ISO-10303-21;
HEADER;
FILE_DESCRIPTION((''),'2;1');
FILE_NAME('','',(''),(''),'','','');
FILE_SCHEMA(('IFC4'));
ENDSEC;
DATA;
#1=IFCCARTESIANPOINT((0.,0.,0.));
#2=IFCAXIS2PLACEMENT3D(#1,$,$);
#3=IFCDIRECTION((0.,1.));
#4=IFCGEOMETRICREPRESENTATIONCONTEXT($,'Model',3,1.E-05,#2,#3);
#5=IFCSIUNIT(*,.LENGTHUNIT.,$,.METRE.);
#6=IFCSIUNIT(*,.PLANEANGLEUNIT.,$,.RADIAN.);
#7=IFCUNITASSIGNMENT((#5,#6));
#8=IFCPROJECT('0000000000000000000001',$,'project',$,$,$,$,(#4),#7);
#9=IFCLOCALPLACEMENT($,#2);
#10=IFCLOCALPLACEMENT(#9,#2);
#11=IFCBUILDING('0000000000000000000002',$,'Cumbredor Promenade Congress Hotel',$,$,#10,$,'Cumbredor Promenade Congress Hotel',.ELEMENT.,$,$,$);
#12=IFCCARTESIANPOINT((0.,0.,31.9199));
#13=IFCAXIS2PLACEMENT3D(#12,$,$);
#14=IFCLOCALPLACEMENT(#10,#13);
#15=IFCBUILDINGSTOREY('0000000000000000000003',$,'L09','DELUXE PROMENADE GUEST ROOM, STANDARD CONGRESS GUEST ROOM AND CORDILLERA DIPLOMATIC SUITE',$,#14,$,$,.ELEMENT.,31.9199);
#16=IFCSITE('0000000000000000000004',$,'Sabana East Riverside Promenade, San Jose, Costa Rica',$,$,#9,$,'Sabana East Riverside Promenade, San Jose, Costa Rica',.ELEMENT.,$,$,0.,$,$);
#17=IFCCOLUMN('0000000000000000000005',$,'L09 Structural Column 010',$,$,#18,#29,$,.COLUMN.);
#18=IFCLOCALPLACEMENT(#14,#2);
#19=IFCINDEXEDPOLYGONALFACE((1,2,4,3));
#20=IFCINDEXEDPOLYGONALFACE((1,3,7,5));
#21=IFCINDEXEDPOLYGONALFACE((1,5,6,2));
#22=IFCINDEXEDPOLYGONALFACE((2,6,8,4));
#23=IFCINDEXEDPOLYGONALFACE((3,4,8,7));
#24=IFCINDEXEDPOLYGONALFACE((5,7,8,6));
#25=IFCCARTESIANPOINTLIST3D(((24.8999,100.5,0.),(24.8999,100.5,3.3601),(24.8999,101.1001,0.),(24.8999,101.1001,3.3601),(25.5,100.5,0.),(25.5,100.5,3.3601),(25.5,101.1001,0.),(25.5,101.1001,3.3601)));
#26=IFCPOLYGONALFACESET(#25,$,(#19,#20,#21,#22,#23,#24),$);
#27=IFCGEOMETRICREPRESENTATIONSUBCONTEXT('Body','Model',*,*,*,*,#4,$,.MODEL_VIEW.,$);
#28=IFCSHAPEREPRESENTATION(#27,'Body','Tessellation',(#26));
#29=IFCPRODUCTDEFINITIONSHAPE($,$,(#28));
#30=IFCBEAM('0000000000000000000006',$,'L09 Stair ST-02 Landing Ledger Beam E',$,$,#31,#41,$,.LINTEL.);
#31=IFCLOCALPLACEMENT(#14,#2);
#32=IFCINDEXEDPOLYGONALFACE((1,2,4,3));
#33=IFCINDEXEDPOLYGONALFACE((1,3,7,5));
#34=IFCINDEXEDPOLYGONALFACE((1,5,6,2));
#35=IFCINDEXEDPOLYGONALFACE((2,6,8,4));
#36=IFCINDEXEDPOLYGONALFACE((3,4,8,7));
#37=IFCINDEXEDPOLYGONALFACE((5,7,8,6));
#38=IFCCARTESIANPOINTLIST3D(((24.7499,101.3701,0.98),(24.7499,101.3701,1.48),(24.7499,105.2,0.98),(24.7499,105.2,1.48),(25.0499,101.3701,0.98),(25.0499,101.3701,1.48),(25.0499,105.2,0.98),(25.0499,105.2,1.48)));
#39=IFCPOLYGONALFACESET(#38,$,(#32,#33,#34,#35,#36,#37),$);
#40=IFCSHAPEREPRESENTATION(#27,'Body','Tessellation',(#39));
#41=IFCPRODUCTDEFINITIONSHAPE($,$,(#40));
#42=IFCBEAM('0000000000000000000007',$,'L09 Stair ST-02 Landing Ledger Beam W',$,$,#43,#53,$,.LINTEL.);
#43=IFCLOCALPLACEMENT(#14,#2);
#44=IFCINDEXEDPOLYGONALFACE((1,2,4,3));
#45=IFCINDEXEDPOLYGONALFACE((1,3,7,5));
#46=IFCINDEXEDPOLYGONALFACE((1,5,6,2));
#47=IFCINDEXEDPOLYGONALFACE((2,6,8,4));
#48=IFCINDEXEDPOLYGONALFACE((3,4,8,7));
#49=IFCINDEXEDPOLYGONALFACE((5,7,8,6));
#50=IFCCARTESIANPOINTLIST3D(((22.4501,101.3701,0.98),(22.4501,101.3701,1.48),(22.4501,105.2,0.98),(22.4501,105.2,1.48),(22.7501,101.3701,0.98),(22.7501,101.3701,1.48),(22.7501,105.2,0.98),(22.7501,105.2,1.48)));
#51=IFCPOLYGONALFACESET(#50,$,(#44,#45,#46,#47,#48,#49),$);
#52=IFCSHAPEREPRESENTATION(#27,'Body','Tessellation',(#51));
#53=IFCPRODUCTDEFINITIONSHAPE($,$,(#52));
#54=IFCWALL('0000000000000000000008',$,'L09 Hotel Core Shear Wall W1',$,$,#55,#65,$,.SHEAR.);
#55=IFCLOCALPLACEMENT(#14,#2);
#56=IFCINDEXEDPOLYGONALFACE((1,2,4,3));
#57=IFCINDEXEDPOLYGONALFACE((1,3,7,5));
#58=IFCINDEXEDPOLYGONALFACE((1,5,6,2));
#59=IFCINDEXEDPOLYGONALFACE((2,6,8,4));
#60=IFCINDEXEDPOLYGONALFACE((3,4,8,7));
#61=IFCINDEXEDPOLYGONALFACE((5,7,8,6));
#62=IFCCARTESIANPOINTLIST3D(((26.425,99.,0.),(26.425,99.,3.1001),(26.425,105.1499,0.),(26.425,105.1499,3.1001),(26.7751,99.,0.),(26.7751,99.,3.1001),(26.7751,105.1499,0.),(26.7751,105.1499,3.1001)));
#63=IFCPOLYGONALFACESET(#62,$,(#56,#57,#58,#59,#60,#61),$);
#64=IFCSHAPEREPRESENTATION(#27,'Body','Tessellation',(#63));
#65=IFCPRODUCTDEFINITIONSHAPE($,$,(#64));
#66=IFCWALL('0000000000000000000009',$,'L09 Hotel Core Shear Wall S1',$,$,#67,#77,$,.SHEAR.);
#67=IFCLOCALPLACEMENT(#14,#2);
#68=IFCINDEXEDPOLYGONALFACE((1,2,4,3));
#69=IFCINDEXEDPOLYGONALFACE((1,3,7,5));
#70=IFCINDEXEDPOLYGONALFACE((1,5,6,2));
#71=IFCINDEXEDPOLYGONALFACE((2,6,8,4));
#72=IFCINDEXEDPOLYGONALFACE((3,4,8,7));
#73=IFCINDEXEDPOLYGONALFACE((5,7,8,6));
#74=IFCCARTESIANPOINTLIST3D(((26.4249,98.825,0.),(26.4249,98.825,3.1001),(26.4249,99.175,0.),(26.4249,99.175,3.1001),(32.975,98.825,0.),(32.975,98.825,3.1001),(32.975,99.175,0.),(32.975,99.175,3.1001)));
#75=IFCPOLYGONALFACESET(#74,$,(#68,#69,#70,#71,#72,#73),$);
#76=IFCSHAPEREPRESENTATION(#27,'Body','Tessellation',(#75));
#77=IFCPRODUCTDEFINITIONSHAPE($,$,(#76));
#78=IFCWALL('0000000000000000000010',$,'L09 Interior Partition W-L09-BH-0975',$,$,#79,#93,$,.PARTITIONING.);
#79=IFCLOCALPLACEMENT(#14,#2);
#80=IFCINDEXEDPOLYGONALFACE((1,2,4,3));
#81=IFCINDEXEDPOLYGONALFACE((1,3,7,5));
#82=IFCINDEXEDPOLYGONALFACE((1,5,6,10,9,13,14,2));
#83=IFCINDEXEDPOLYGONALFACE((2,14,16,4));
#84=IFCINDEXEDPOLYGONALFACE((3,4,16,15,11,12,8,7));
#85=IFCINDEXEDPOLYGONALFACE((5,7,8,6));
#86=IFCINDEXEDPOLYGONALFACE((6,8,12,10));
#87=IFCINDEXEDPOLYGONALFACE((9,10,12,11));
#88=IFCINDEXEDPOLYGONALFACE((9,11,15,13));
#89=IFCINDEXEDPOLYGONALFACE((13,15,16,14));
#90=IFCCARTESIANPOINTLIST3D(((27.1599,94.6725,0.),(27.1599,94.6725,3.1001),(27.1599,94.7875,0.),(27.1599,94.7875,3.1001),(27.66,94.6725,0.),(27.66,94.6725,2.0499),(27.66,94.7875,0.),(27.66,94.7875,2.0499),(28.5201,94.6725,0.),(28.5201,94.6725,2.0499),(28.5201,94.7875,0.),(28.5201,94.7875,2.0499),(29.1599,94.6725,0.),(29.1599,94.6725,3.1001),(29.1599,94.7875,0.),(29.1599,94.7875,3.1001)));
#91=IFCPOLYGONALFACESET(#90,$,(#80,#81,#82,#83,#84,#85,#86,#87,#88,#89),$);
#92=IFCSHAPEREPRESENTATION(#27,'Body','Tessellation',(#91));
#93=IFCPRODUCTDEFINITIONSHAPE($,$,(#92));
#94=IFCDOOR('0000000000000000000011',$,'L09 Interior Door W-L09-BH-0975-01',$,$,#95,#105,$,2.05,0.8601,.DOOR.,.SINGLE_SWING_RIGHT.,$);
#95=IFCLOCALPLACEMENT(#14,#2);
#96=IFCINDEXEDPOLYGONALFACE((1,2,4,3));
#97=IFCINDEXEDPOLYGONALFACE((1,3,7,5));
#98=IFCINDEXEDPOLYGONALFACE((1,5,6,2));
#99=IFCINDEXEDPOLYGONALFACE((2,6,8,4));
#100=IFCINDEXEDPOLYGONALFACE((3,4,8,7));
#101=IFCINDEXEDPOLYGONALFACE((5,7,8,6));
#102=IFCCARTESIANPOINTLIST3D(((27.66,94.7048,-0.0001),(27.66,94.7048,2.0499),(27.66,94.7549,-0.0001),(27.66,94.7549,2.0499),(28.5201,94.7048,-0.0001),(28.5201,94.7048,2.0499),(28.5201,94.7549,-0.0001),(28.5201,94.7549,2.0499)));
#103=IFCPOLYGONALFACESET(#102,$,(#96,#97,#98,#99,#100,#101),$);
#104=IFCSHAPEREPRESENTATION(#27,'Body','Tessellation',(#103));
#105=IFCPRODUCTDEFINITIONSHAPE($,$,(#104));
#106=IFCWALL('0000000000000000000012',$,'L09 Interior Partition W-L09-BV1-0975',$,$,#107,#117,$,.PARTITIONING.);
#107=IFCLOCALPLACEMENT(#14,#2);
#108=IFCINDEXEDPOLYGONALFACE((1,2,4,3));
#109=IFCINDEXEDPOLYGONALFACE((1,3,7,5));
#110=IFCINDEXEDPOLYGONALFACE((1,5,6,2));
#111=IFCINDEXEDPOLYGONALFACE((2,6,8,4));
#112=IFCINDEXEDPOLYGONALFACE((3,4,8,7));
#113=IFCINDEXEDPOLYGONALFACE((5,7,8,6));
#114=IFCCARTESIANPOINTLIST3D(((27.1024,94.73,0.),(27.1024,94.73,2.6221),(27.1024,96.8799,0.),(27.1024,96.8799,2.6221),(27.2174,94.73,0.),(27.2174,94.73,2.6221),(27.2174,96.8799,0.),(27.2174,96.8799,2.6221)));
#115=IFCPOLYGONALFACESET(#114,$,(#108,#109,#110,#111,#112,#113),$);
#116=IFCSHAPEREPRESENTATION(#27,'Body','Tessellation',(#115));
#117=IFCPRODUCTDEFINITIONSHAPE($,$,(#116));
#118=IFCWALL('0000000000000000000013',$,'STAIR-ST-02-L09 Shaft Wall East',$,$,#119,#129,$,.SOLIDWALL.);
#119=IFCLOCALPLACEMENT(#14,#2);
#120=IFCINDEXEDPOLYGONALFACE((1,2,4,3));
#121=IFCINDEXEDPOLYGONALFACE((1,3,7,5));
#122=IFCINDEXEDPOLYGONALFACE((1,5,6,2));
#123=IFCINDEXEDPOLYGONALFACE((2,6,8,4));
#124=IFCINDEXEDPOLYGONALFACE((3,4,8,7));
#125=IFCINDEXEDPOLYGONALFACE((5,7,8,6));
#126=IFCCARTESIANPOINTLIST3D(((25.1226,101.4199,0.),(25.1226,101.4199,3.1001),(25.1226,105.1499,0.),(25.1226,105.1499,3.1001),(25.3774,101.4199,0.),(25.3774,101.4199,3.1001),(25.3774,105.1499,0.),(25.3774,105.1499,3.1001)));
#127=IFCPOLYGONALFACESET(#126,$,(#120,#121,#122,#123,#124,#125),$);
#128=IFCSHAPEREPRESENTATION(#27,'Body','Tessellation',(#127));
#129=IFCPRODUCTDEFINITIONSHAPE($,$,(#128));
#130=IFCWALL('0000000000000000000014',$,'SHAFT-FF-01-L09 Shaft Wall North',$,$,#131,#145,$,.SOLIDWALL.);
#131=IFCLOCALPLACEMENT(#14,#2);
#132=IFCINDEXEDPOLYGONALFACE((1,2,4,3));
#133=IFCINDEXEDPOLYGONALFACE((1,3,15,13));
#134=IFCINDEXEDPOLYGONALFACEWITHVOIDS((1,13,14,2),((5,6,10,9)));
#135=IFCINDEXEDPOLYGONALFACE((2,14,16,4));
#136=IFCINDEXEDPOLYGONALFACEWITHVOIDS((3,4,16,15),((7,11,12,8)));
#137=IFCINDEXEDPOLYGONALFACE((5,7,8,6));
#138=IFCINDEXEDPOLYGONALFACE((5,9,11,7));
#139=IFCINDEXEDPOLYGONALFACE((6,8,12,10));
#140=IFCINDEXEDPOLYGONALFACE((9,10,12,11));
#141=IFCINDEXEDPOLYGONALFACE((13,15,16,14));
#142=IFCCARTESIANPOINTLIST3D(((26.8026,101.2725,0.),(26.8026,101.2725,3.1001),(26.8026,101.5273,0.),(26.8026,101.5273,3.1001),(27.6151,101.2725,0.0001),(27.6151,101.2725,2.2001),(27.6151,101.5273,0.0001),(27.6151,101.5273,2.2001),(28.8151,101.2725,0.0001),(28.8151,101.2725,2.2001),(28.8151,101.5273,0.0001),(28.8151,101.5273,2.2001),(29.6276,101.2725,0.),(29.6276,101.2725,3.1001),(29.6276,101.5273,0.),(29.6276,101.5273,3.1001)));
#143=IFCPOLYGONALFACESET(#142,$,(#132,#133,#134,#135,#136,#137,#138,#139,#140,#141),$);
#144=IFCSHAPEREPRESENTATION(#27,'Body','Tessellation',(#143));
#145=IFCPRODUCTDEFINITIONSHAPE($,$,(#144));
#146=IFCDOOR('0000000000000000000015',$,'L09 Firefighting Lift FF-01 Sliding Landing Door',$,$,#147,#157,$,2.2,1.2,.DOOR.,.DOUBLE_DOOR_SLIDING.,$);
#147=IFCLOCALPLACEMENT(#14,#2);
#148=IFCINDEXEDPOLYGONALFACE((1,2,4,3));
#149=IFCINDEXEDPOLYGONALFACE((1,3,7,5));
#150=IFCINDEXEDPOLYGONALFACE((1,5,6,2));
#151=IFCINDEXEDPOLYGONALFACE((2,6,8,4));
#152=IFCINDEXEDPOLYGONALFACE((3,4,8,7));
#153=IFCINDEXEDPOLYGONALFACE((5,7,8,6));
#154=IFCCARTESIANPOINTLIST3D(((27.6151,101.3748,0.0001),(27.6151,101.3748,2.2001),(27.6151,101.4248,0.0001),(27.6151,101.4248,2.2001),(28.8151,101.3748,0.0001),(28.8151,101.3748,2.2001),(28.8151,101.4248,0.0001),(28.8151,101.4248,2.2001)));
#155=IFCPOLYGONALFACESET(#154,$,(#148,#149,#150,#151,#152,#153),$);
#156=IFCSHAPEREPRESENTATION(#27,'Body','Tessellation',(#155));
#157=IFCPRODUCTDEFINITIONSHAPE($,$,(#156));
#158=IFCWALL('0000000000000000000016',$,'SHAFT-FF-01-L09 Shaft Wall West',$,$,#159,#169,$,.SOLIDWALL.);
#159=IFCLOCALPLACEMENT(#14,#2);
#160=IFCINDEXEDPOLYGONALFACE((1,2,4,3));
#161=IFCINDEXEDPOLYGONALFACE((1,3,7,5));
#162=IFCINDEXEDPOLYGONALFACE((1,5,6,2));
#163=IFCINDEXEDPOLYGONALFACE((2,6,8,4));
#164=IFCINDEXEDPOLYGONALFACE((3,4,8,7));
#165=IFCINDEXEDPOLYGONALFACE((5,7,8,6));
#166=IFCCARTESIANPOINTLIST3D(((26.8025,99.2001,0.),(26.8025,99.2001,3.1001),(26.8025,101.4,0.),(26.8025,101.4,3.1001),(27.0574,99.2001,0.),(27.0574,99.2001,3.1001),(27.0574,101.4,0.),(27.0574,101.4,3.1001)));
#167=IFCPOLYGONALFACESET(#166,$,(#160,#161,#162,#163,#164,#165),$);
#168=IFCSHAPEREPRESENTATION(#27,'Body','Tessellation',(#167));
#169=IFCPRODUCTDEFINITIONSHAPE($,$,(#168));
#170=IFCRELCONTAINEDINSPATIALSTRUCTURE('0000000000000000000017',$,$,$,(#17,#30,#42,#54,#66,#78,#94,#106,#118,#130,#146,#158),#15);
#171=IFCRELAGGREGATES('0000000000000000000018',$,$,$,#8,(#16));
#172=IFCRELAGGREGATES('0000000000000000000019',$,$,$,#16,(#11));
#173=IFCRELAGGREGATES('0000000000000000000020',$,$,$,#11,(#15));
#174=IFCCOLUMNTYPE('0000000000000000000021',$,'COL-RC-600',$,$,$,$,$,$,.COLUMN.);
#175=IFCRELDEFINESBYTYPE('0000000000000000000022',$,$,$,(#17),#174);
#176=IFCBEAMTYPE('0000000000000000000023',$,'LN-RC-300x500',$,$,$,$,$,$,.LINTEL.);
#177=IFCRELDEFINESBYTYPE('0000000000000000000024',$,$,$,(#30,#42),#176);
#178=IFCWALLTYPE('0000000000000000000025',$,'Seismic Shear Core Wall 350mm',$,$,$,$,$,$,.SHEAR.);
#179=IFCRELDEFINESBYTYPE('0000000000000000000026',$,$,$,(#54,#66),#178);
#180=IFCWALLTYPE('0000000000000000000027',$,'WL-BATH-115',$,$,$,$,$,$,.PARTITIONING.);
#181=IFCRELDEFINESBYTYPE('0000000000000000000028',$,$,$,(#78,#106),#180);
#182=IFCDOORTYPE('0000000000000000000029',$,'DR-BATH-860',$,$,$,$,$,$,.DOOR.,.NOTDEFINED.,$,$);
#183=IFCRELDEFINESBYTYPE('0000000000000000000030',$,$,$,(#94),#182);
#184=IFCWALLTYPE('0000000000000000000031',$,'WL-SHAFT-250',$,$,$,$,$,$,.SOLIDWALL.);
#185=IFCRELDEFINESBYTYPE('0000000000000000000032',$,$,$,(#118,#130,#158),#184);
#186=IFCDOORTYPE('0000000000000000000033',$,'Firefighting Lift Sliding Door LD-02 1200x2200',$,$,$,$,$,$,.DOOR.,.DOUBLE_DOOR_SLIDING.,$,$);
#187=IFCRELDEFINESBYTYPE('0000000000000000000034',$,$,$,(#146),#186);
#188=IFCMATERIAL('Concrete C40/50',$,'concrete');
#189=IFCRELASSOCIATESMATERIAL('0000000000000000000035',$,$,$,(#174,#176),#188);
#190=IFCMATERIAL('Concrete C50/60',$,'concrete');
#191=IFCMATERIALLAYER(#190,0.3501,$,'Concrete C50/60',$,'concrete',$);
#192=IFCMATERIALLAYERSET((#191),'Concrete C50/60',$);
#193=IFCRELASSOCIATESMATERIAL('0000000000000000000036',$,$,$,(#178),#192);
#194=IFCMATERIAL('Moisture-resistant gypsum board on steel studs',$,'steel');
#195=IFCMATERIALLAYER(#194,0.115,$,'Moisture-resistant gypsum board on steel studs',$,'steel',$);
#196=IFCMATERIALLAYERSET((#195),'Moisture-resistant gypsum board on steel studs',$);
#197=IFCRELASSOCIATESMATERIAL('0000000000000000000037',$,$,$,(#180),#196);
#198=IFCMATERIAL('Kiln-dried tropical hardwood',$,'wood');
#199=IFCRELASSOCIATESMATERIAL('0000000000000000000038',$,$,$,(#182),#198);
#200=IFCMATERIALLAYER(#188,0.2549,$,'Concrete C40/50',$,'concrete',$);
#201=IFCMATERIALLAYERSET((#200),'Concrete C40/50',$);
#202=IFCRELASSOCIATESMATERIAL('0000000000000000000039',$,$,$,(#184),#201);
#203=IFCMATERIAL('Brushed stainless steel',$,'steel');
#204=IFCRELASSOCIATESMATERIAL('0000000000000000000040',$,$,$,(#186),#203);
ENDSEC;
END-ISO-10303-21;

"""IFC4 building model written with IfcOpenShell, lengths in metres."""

from ifc_helpers import new_model, si_unit, direction, frame, frame_2d, origin, origin_2d, place, context, subcontext, project, spatial, rectangle, extrude, material, layer, layer_set, material_profile, profile_set, type_object, element, fill, save


model = new_model("IFC4")

# Units and contexts
model_context = context("Model", 3, precision=1e-05, world=origin(), true_north=direction((0.0, 1.0)))
body_context = subcontext(model_context, "Body", "Model", "MODEL_VIEW")
ifc_project = project(units=[si_unit("LENGTHUNIT", "METRE"), si_unit("PLANEANGLEUNIT", "RADIAN")], contexts=[model_context])

# Site, building, storey
site_placement = place(None, origin())
site = spatial("IfcSite", under=ifc_project, at=site_placement, Name="Sabana East Riverside Promenade, San Jose, Costa Rica", LongName="Sabana East Riverside Promenade, San Jose, Costa Rica", CompositionType="ELEMENT", RefElevation=0.0)
building_placement = place(site_placement, origin())
building = spatial("IfcBuilding", under=site, at=building_placement, Name="Cumbredor Promenade Congress Hotel", LongName="Cumbredor Promenade Congress Hotel", CompositionType="ELEMENT")
storey_placement = place(building_placement, frame((0.0, 0.0, 31.9199)))
storey = spatial("IfcBuildingStorey", under=building, at=storey_placement, Name="L09", Description="DELUXE PROMENADE GUEST ROOM, STANDARD CONGRESS GUEST ROOM AND CORDILLERA DIPLOMATIC SUITE", CompositionType="ELEMENT", Elevation=31.9199)

# Column
ifc_material_1 = material(Name="Concrete C40/50", Category="concrete")
ifc_material_profile_1 = material_profile(ifc_material_1, rectangle(XDim=0.6001, YDim=0.6001, at=origin_2d()), Name="RC 600x600")
ifc_profile_set_1 = profile_set([ifc_material_profile_1], Name="Concrete C40/50")
column_type = type_object("IfcColumnType", Name="COL-RC-600", PredefinedType="COLUMN", material=ifc_profile_set_1)
column_placement = place(storey_placement, frame((25.2, 100.8, 0.0), z_axis=(0.0, 0.0, 1.0), x_axis=(1.0, 0.0, 0.0)))
element("IfcColumn", 1, at=column_placement, inside=storey, type_object=column_type, Name="L09 Structural Column 010", PredefinedType="COLUMN", context=body_context, shape_type="SweptSolid", body=[
    extrude(rectangle(XDim=0.6001, YDim=0.6001, at=origin_2d()), origin(), (0.0, 0.0, 1.0), 3.3601),
])

# Beams
ifc_material_profile_2 = material_profile(ifc_material_1, rectangle(XDim=0.3, YDim=0.5, at=origin_2d()), Name="RC LINTEL 300x500")
ifc_profile_set_2 = profile_set([ifc_material_profile_2], Name="Concrete C40/50")
beam_type = type_object("IfcBeamType", Name="LN-RC-300x500", PredefinedType="LINTEL", material=ifc_profile_set_2)
for number, where, z_axis, x_axis, name in (
    (2, (24.8999, 101.3701, 1.23), (0.0, 1.0, 0.0), (-1.0, 0.0, 0.0), "L09 Stair ST-02 Landing Ledger Beam E"),
    (3, (22.6001, 101.3701, 1.23), (0.0, 1.0, 0.0), (-1.0, 0.0, 0.0), "L09 Stair ST-02 Landing Ledger Beam W"),
):
    element("IfcBeam", number, at=place(storey_placement, frame(where, z_axis=z_axis, x_axis=x_axis)), inside=storey, type_object=beam_type, Name=name, PredefinedType="LINTEL", context=body_context, shape_type="SweptSolid", body=[
        extrude(rectangle(XDim=0.3, YDim=0.5, at=origin_2d()), origin(), (0.0, 0.0, 1.0), 3.8298),
    ])

# Walls
ifc_material_2 = material(Name="Concrete C50/60", Category="concrete")
ifc_layer_1 = layer(ifc_material_2, 0.3501, Name="Concrete C50/60", Category="concrete")
ifc_layer_set_1 = layer_set([ifc_layer_1], Name="Concrete C50/60")
wall_type_1 = type_object("IfcWallType", Name="Seismic Shear Core Wall 350mm", PredefinedType="SHEAR", material=ifc_layer_set_1)
wall_1_placement = place(storey_placement, frame((26.6001, 99.0, 0.0), z_axis=(0.0, 0.0, 1.0), x_axis=(0.0, 1.0, 0.0)))
element("IfcWall", 4, at=wall_1_placement, inside=storey, type_object=wall_type_1, Name="L09 Hotel Core Shear Wall W1", PredefinedType="SHEAR", context=body_context, shape_type="SweptSolid", body=[
    extrude(rectangle(XDim=6.1499, YDim=0.3501, at=frame_2d((3.075, 0.0))), origin(), (0.0, 0.0, 1.0), 3.1001),
])
wall_2_placement = place(storey_placement, frame((26.425, 99.0, 0.0), z_axis=(0.0, 0.0, 1.0), x_axis=(1.0, 0.0, 0.0)))
element("IfcWall", 5, at=wall_2_placement, inside=storey, type_object=wall_type_1, Name="L09 Hotel Core Shear Wall S1", PredefinedType="SHEAR", context=body_context, shape_type="SweptSolid", body=[
    extrude(rectangle(XDim=6.55, YDim=0.3501, at=frame_2d((3.2749, 0.0))), origin(), (0.0, 0.0, 1.0), 3.1001),
])

# Wall, opening, door
ifc_material_3 = material(Name="Moisture-resistant gypsum board on steel studs", Category="steel")
ifc_layer_2 = layer(ifc_material_3, 0.115, Name="Moisture-resistant gypsum board on steel studs", Category="steel")
ifc_layer_set_2 = layer_set([ifc_layer_2], Name="Moisture-resistant gypsum board on steel studs")
wall_type_2 = type_object("IfcWallType", Name="WL-BATH-115", PredefinedType="PARTITIONING", material=ifc_layer_set_2)
wall_3_placement = place(storey_placement, frame((27.1599, 94.73, 0.0), z_axis=(0.0, 0.0, 1.0), x_axis=(1.0, 0.0, 0.0)))
wall_3 = element("IfcWall", 6, at=wall_3_placement, inside=storey, type_object=wall_type_2, Name="L09 Interior Partition W-L09-BH-0975", PredefinedType="PARTITIONING", context=body_context, shape_type="SweptSolid", body=[
    extrude(rectangle(XDim=2.0, YDim=0.115, at=frame_2d((1.0, 0.0))), origin(), (0.0, 0.0, 1.0), 3.1001),
])
opening_1_placement = place(wall_3_placement, frame((0.5, 0.0, 0.0)))
opening_1 = element("IfcOpeningElement", 7, at=opening_1_placement, cuts=wall_3, PredefinedType="OPENING", context=body_context, shape_type="SweptSolid", body=[
    extrude(rectangle(XDim=0.8601, YDim=2.05, at=frame_2d((0.4302, 1.0249))), frame((0.0, 0.0674, 0.0), z_axis=(0.0, -1.0, 0.0), x_axis=(1.0, 0.0, 0.0)), (0.0, 0.0, 1.0), 0.135),
])
ifc_material_4 = material(Name="Kiln-dried tropical hardwood", Category="wood")
door_type_1 = type_object("IfcDoorType", Name="DR-BATH-860", OperationType="NOTDEFINED", PredefinedType="DOOR", material=ifc_material_4)
door_1_placement = place(opening_1_placement, origin())
door_1 = element("IfcDoor", 8, at=door_1_placement, inside=storey, type_object=door_type_1, Name="L09 Interior Door W-L09-BH-0975-01", OperationType="SINGLE_SWING_RIGHT", OverallHeight=2.05, OverallWidth=0.8601, PredefinedType="DOOR", context=body_context, shape_type="SweptSolid", body=[
    extrude(rectangle(XDim=0.8601, YDim=2.05, at=frame_2d((0.4302, 1.0249))), frame((0.0, 0.0249, 0.0), z_axis=(0.0, -1.0, 0.0), x_axis=(1.0, 0.0, 0.0)), (0.0, 0.0, 1.0), 0.05),
])
fill(opening_1, door_1)

# Wall
wall_4_placement = place(storey_placement, frame((27.1599, 94.73, 0.0), z_axis=(0.0, 0.0, 1.0), x_axis=(0.0, 1.0, 0.0)))
element("IfcWall", 9, at=wall_4_placement, inside=storey, type_object=wall_type_2, Name="L09 Interior Partition W-L09-BV1-0975", PredefinedType="PARTITIONING", context=body_context, shape_type="SweptSolid", body=[
    extrude(rectangle(XDim=2.1499, YDim=0.115, at=frame_2d((1.075, 0.0))), origin(), (0.0, 0.0, 1.0), 2.6221),
])

# Wall
ifc_layer_3 = layer(ifc_material_1, 0.2549, Name="Concrete C40/50", Category="concrete")
ifc_layer_set_3 = layer_set([ifc_layer_3], Name="Concrete C40/50")
wall_type_3 = type_object("IfcWallType", Name="WL-SHAFT-250", PredefinedType="SOLIDWALL", material=ifc_layer_set_3)
wall_5_placement = place(storey_placement, frame((25.25, 101.4199, 0.0), z_axis=(0.0, 0.0, 1.0), x_axis=(0.0, 1.0, 0.0)))
element("IfcWall", 10, at=wall_5_placement, inside=storey, type_object=wall_type_3, Name="STAIR-ST-02-L09 Shaft Wall East", PredefinedType="SOLIDWALL", context=body_context, shape_type="SweptSolid", body=[
    extrude(rectangle(XDim=3.73, YDim=0.2549, at=frame_2d((1.865, 0.0))), origin(), (0.0, 0.0, 1.0), 3.1001),
])

# Wall, opening, door
wall_6_placement = place(storey_placement, frame((26.8025, 101.3999, 0.0), z_axis=(0.0, 0.0, 1.0), x_axis=(1.0, 0.0, 0.0)))
wall_6 = element("IfcWall", 11, at=wall_6_placement, inside=storey, type_object=wall_type_3, Name="SHAFT-FF-01-L09 Shaft Wall North", PredefinedType="SOLIDWALL", context=body_context, shape_type="SweptSolid", body=[
    extrude(rectangle(XDim=2.825, YDim=0.2549, at=frame_2d((1.4126, 0.0))), origin(), (0.0, 0.0, 1.0), 3.1001),
])
opening_2_placement = place(wall_6_placement, frame((0.8125, 0.0, 0.0)))
opening_2 = element("IfcOpeningElement", 12, at=opening_2_placement, cuts=wall_6, PredefinedType="OPENING", context=body_context, shape_type="SweptSolid", body=[
    extrude(rectangle(XDim=1.2, YDim=2.2, at=frame_2d((0.6001, 1.1001))), frame((0.0, 0.1375, 0.0), z_axis=(0.0, -1.0, 0.0), x_axis=(1.0, 0.0, 0.0)), (0.0, 0.0, 1.0), 0.2749),
])
ifc_material_5 = material(Name="Brushed stainless steel", Category="steel")
door_type_2 = type_object("IfcDoorType", Name="Firefighting Lift Sliding Door LD-02 1200x2200", OperationType="DOUBLE_DOOR_SLIDING", PredefinedType="DOOR", material=ifc_material_5)
door_2_placement = place(opening_2_placement, origin())
door_2 = element("IfcDoor", 13, at=door_2_placement, inside=storey, type_object=door_type_2, Name="L09 Firefighting Lift FF-01 Sliding Landing Door", OperationType="DOUBLE_DOOR_SLIDING", OverallHeight=2.2, OverallWidth=1.2, PredefinedType="DOOR", context=body_context, shape_type="SweptSolid", body=[
    extrude(rectangle(XDim=1.2, YDim=2.2, at=frame_2d((0.6001, 1.1001))), frame((0.0, 0.0249, 0.0), z_axis=(0.0, -1.0, 0.0), x_axis=(1.0, 0.0, 0.0)), (0.0, 0.0, 1.0), 0.05),
])
fill(opening_2, door_2)

# Wall
wall_7_placement = place(storey_placement, frame((26.9299, 99.2, 0.0), z_axis=(0.0, 0.0, 1.0), x_axis=(0.0, 1.0, 0.0)))
element("IfcWall", 14, at=wall_7_placement, inside=storey, type_object=wall_type_3, Name="SHAFT-FF-01-L09 Shaft Wall West", PredefinedType="SOLIDWALL", context=body_context, shape_type="SweptSolid", body=[
    extrude(rectangle(XDim=2.2, YDim=0.2549, at=frame_2d((1.1001, 0.0))), origin(), (0.0, 0.0, 1.0), 3.1001),
])

save(model, "model.ifc")
